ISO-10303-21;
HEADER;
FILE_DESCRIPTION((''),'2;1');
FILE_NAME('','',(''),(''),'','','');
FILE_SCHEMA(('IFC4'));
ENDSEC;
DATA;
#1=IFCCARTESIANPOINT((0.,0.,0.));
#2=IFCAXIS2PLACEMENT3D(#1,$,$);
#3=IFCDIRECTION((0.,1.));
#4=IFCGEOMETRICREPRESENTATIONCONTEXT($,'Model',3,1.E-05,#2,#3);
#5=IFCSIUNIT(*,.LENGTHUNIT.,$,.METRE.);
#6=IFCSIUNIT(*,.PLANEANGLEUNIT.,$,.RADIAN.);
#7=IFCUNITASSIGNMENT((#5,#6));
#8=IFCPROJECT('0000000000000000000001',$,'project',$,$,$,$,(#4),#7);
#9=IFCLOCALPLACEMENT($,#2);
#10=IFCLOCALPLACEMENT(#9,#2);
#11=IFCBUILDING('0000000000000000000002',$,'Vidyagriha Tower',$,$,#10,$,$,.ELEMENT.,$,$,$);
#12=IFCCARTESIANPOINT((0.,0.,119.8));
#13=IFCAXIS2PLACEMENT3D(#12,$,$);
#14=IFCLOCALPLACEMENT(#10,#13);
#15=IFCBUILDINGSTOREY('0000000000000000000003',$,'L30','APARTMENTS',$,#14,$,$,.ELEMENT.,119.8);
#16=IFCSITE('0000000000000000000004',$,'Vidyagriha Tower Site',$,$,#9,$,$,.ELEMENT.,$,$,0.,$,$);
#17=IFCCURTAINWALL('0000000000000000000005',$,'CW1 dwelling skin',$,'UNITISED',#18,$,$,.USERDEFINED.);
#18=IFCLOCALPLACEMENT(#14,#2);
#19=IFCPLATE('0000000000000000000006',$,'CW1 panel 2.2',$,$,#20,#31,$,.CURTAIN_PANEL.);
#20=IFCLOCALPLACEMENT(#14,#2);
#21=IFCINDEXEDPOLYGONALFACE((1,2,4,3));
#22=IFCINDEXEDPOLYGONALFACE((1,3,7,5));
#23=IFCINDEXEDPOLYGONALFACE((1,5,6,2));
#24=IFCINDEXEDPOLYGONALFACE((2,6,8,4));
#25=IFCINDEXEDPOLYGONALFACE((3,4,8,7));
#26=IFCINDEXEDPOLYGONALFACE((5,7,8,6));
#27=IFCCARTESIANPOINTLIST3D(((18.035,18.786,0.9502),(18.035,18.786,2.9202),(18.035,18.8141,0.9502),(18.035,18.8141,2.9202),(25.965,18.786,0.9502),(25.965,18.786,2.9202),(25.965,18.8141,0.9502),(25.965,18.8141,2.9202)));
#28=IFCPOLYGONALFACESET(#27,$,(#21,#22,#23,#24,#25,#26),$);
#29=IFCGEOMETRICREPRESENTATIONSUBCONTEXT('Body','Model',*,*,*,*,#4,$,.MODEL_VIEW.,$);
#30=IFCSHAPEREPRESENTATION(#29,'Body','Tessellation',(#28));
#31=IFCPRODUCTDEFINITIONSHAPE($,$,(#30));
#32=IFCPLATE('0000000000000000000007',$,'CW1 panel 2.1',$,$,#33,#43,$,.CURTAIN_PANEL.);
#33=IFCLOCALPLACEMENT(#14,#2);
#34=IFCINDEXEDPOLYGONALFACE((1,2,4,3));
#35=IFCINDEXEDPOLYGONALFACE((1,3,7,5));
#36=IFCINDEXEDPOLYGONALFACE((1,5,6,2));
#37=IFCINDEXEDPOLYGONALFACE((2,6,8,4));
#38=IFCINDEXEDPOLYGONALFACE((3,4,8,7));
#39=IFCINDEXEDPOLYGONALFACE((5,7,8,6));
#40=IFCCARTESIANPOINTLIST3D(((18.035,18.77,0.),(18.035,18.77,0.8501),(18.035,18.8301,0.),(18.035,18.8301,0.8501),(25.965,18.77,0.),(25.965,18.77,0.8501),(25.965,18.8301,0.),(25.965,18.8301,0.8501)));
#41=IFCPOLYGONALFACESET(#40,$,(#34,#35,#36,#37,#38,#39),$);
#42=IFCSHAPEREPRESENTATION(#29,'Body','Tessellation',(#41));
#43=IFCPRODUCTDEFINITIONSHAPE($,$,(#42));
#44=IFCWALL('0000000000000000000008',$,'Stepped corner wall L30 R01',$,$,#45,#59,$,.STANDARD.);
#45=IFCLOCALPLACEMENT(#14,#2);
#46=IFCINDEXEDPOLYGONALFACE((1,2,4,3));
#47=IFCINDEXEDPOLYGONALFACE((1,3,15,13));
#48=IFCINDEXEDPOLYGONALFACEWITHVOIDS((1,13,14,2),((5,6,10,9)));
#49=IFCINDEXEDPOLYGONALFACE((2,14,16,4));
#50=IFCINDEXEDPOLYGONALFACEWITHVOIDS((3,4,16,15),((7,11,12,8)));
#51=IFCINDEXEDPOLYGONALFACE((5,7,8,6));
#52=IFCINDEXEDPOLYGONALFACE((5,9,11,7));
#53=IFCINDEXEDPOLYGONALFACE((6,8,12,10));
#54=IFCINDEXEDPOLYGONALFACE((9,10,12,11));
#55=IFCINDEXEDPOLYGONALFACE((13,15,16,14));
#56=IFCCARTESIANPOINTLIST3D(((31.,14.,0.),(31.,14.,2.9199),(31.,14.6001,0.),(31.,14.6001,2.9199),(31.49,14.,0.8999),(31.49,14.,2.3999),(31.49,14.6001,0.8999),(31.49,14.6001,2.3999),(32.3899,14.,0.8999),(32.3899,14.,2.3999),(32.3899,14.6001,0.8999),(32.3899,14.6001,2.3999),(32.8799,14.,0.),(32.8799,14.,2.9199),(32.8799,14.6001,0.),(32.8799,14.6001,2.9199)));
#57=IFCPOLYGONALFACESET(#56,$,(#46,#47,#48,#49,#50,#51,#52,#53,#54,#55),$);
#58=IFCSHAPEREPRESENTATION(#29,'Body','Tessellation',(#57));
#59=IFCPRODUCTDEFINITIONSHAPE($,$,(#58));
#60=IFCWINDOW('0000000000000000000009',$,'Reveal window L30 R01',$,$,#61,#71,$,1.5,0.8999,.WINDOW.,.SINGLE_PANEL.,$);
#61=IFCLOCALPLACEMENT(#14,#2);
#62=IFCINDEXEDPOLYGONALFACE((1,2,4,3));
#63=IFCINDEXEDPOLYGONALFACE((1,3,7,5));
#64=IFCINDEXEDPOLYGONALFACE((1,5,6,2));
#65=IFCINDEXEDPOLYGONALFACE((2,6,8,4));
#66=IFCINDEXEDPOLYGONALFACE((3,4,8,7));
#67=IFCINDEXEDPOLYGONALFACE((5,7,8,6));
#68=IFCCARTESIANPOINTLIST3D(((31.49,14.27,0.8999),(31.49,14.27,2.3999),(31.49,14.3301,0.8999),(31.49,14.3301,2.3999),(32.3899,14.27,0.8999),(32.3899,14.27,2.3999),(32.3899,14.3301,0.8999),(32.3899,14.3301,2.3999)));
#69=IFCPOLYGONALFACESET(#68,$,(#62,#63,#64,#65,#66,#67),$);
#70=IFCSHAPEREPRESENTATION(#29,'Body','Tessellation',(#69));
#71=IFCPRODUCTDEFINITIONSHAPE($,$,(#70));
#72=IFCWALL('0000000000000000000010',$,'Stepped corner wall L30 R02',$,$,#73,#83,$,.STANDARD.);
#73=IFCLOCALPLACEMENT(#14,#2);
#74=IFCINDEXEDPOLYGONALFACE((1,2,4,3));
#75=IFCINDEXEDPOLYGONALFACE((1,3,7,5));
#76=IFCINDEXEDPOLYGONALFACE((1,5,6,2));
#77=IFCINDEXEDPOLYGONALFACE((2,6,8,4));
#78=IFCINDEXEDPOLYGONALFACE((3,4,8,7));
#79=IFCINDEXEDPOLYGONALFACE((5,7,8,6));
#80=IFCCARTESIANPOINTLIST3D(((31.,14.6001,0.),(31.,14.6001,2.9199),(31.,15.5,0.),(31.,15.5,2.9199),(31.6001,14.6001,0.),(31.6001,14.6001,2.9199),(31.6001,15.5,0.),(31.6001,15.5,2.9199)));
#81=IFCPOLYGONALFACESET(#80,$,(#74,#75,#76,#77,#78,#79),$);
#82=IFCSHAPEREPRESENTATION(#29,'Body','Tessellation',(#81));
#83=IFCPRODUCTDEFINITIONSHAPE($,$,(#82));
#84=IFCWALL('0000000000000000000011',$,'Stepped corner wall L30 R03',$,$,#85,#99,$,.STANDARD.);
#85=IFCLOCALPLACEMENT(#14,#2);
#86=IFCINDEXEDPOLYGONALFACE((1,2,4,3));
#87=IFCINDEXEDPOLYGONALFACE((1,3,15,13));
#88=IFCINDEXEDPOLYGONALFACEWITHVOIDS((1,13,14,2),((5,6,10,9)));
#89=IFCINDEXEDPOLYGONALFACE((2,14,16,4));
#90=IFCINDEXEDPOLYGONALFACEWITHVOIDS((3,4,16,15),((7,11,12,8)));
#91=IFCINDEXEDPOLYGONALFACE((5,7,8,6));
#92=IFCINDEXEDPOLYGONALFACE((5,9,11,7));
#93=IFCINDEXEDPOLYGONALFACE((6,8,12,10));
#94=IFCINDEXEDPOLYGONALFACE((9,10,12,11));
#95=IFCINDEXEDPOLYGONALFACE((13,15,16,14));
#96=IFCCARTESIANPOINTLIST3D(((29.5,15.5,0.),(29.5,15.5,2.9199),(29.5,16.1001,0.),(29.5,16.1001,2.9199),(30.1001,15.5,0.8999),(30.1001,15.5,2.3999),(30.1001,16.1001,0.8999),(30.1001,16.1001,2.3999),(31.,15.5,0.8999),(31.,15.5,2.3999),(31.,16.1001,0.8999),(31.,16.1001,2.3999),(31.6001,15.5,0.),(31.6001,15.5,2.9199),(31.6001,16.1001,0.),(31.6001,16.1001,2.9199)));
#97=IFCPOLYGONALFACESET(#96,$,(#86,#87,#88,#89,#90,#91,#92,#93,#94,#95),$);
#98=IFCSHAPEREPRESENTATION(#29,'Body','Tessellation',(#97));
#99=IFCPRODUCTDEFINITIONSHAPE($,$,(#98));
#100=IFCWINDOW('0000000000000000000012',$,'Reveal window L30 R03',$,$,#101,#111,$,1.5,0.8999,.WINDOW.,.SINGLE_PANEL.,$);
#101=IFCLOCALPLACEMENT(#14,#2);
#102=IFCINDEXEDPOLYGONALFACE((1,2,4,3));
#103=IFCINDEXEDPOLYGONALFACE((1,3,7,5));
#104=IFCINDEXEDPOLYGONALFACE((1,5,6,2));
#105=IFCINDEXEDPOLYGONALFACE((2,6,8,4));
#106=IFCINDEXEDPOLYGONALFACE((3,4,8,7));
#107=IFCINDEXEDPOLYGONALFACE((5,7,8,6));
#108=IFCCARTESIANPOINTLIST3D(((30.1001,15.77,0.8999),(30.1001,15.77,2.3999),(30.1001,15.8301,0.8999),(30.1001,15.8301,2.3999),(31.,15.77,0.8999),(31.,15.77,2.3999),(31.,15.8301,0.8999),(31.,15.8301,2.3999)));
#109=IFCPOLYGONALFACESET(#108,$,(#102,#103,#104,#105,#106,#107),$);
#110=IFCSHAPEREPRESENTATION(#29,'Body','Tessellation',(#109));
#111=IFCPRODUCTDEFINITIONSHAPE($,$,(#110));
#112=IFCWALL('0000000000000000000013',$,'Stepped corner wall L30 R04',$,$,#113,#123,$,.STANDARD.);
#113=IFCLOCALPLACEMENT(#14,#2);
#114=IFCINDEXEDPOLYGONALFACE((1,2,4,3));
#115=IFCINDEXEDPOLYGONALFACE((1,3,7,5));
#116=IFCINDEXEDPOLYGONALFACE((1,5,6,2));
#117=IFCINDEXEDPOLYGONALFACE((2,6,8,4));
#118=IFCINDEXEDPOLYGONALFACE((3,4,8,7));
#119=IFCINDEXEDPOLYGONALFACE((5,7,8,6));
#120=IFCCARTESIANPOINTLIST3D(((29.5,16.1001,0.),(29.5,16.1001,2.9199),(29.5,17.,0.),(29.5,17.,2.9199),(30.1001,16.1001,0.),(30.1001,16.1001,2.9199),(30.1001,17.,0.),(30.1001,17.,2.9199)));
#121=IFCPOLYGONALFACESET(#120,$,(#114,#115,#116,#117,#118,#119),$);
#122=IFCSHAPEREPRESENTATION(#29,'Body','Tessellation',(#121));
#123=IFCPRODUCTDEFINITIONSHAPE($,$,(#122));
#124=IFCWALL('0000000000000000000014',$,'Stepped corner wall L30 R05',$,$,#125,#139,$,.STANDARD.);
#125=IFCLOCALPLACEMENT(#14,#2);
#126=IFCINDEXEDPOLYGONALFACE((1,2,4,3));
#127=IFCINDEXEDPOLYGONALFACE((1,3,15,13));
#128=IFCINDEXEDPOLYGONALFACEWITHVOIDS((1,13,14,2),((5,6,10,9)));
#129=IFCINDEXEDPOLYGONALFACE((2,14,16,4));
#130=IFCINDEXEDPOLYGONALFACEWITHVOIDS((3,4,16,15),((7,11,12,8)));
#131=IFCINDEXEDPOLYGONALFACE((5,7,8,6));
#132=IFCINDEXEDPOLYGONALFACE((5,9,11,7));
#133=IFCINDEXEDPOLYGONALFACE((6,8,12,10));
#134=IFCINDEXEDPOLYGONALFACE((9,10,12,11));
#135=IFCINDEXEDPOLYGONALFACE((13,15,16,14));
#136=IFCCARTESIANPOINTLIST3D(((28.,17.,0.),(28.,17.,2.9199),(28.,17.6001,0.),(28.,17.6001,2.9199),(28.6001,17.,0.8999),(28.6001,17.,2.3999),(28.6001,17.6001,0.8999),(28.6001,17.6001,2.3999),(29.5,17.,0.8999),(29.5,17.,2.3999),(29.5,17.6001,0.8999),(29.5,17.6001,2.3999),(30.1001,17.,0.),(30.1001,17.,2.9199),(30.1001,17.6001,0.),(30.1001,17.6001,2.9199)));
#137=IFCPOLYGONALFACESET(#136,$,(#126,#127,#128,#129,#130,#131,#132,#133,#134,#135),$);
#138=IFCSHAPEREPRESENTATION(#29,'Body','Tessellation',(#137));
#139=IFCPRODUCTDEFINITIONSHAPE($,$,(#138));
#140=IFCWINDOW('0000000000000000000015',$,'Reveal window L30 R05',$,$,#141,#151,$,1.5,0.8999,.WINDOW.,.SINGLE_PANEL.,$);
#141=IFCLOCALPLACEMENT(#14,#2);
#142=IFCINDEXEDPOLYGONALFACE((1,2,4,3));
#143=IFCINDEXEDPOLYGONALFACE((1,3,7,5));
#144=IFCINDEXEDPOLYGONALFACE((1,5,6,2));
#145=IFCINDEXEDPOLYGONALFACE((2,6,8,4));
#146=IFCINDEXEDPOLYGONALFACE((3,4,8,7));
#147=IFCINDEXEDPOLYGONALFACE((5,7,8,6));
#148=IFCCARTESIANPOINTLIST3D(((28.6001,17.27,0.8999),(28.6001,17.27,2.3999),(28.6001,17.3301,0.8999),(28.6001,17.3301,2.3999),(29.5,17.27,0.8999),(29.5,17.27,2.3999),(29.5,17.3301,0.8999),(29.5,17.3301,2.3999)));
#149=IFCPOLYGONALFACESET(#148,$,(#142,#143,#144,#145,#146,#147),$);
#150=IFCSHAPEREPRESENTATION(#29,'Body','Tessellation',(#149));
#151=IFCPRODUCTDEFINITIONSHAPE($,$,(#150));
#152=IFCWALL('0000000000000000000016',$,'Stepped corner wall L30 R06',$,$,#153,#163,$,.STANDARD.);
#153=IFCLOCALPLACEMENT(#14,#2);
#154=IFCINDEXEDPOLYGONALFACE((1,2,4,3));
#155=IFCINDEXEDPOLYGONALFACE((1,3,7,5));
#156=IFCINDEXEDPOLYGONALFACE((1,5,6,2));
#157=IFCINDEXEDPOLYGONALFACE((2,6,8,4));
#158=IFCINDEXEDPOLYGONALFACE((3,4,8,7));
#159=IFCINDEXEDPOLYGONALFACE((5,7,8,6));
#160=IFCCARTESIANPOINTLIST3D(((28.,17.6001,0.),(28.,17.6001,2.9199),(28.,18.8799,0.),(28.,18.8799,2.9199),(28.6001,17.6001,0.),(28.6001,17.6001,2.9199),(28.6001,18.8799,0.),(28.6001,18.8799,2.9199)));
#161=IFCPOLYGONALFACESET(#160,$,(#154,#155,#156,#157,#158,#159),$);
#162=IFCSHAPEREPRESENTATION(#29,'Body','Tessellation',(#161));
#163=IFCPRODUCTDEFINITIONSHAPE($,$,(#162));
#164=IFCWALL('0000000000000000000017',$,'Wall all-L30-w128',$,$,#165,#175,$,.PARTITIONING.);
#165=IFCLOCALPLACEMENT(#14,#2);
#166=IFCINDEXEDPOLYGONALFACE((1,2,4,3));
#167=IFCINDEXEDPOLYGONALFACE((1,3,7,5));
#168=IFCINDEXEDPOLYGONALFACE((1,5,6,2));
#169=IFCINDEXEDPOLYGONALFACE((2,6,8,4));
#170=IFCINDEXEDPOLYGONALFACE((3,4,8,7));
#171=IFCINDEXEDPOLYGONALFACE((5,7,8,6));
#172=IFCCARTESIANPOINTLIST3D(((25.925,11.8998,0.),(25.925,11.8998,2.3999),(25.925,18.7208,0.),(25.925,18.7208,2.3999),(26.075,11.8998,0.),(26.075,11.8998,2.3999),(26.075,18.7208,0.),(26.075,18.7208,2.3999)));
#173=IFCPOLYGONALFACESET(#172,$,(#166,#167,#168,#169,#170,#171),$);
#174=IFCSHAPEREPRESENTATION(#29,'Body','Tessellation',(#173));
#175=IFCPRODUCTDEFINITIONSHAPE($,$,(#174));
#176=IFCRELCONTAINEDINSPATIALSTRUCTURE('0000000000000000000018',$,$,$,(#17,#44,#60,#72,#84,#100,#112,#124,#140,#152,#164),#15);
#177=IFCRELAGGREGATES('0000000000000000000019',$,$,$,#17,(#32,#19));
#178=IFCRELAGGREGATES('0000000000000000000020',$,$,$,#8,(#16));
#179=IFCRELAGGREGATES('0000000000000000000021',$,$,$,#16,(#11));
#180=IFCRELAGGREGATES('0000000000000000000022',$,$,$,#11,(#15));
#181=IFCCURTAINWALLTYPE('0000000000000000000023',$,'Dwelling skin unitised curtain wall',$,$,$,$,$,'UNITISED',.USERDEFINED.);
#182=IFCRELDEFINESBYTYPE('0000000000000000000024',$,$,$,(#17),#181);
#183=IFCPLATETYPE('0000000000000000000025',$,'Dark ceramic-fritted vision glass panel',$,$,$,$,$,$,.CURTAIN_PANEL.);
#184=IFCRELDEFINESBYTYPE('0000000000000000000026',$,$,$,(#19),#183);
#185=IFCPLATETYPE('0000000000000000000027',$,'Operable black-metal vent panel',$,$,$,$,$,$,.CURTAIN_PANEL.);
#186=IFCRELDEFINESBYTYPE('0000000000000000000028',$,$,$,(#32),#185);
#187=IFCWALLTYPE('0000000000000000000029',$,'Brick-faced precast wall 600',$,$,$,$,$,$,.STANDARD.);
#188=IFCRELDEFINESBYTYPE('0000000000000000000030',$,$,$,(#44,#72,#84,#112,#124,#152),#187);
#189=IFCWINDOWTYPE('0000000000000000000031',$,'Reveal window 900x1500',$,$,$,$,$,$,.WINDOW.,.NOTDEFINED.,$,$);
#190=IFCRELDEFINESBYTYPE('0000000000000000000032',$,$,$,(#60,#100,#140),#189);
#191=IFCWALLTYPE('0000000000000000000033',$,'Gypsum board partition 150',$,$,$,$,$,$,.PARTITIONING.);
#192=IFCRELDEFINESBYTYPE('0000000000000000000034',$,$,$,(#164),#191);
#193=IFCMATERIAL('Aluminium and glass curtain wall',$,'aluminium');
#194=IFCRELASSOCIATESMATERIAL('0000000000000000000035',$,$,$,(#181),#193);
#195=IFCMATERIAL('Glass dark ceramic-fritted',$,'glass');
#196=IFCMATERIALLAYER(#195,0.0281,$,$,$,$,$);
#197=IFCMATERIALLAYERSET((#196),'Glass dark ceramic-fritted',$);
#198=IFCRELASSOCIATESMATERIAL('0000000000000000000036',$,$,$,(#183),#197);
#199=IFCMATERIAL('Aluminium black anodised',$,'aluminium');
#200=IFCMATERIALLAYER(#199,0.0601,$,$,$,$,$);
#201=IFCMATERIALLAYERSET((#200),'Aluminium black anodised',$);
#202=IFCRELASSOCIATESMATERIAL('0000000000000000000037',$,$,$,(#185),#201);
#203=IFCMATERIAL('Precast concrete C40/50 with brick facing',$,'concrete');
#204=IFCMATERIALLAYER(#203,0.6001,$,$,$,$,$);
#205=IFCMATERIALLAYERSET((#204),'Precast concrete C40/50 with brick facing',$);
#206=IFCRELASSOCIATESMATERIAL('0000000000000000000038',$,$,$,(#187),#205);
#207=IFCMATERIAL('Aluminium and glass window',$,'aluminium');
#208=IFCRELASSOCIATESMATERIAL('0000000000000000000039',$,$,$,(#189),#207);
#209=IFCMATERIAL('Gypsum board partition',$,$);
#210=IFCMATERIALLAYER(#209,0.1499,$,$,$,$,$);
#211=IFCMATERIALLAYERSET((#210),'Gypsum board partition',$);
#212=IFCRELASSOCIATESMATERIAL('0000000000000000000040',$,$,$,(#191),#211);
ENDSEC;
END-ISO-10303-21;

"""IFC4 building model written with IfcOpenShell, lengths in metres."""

from ifc_helpers import new_model, si_unit, direction, frame, frame_2d, origin, origin_2d, place, context, subcontext, project, spatial, rectangle, extrude, material, layer, layer_set, type_object, element, fill, aggregate, save


model = new_model("IFC4")

# Units and contexts
model_context = context("Model", 3, precision=1e-05, world=origin(), true_north=direction((0.0, 1.0)))
body_context = subcontext(model_context, "Body", "Model", "MODEL_VIEW")
ifc_project = project(units=[si_unit("LENGTHUNIT", "METRE"), si_unit("PLANEANGLEUNIT", "RADIAN")], contexts=[model_context])

# Site, building, storey
site_placement = place(None, origin())
site = spatial("IfcSite", under=ifc_project, at=site_placement, Name="Vidyagriha Tower Site", CompositionType="ELEMENT", RefElevation=0.0)
building_placement = place(site_placement, origin())
building = spatial("IfcBuilding", under=site, at=building_placement, Name="Vidyagriha Tower", CompositionType="ELEMENT")
storey_placement = place(building_placement, frame((0.0, 0.0, 119.8)))
storey = spatial("IfcBuildingStorey", under=building, at=storey_placement, Name="L30", Description="APARTMENTS", CompositionType="ELEMENT", Elevation=119.8)

# Curtain wall, plates
ifc_material_1 = material(Name="Aluminium and glass curtain wall", Category="aluminium")
curtain_wall_type = type_object("IfcCurtainWallType", Name="Dwelling skin unitised curtain wall", ElementType="UNITISED", PredefinedType="USERDEFINED", material=ifc_material_1)
curtain_wall_placement = place(storey_placement, origin())
curtain_wall = element("IfcCurtainWall", 1, at=curtain_wall_placement, inside=storey, type_object=curtain_wall_type, Name="CW1 dwelling skin", ObjectType="UNITISED", PredefinedType="USERDEFINED")
ifc_material_2 = material(Name="Glass dark ceramic-fritted", Category="glass")
ifc_layer_1 = layer(ifc_material_2, 0.0281)
ifc_layer_set_1 = layer_set([ifc_layer_1], Name="Glass dark ceramic-fritted")
plate_type_1 = type_object("IfcPlateType", Name="Dark ceramic-fritted vision glass panel", PredefinedType="CURTAIN_PANEL", material=ifc_layer_set_1)
plate_1_placement = place(storey_placement, frame((22.0, 18.8, 0.9502), z_axis=(0.0, 0.0, 1.0), x_axis=(-1.0, 0.0, 0.0)))
plate_1 = element("IfcPlate", 2, at=plate_1_placement, type_object=plate_type_1, Name="CW1 panel 2.2", PredefinedType="CURTAIN_PANEL", context=body_context, shape_type="SweptSolid", body=[
    extrude(rectangle(XDim=7.9299, YDim=0.0281, at=origin_2d()), origin(), (0.0, 0.0, 1.0), 1.97),
])
ifc_material_3 = material(Name="Aluminium black anodised", Category="aluminium")
ifc_layer_2 = layer(ifc_material_3, 0.0601)
ifc_layer_set_2 = layer_set([ifc_layer_2], Name="Aluminium black anodised")
plate_type_2 = type_object("IfcPlateType", Name="Operable black-metal vent panel", PredefinedType="CURTAIN_PANEL", material=ifc_layer_set_2)
plate_2_placement = place(storey_placement, frame((22.0, 18.8, 0.0), z_axis=(0.0, 0.0, 1.0), x_axis=(-1.0, 0.0, 0.0)))
plate_2 = element("IfcPlate", 3, at=plate_2_placement, type_object=plate_type_2, Name="CW1 panel 2.1", PredefinedType="CURTAIN_PANEL", context=body_context, shape_type="SweptSolid", body=[
    extrude(rectangle(XDim=7.9299, YDim=0.0601, at=origin_2d()), origin(), (0.0, 0.0, 1.0), 0.8501),
])
aggregate(curtain_wall, [plate_2, plate_1])

# Wall, opening, window
ifc_material_4 = material(Name="Precast concrete C40/50 with brick facing", Category="concrete")
ifc_layer_3 = layer(ifc_material_4, 0.6001)
ifc_layer_set_3 = layer_set([ifc_layer_3], Name="Precast concrete C40/50 with brick facing")
wall_type_1 = type_object("IfcWallType", Name="Brick-faced precast wall 600", PredefinedType="STANDARD", material=ifc_layer_set_3)
wall_1_placement = place(storey_placement, frame((32.8799, 14.3, 0.0), z_axis=(0.0, 0.0, 1.0), x_axis=(-1.0, 0.0, 0.0)))
wall_1 = element("IfcWall", 4, at=wall_1_placement, inside=storey, type_object=wall_type_1, Name="Stepped corner wall L30 R01", PredefinedType="STANDARD", context=body_context, shape_type="SweptSolid", body=[
    extrude(rectangle(XDim=1.8799, YDim=0.6001, at=frame_2d((0.9399, 0.0))), origin(), (0.0, 0.0, 1.0), 2.9199),
])
opening_1_placement = place(wall_1_placement, frame((0.49, 0.0, 0.8999)))
opening_1 = element("IfcOpeningElement", 5, at=opening_1_placement, cuts=wall_1, PredefinedType="OPENING", context=body_context, shape_type="SweptSolid", body=[
    extrude(rectangle(XDim=0.8999, YDim=1.5, at=frame_2d((0.45, 0.75))), frame((0.0, 0.3101, 0.0), z_axis=(0.0, -1.0, 0.0), x_axis=(1.0, 0.0, 0.0)), (0.0, 0.0, 1.0), 0.6201),
])
ifc_material_5 = material(Name="Aluminium and glass window", Category="aluminium")
window_type = type_object("IfcWindowType", Name="Reveal window 900x1500", PartitioningType="NOTDEFINED", PredefinedType="WINDOW", material=ifc_material_5)
window_1_placement = place(opening_1_placement, origin())
window_1 = element("IfcWindow", 6, at=window_1_placement, inside=storey, type_object=window_type, Name="Reveal window L30 R01", OverallHeight=1.5, OverallWidth=0.8999, PartitioningType="SINGLE_PANEL", PredefinedType="WINDOW", context=body_context, shape_type="SweptSolid", body=[
    extrude(rectangle(XDim=0.8999, YDim=1.5, at=frame_2d((0.45, 0.75))), frame((0.0, 0.03, 0.0), z_axis=(0.0, -1.0, 0.0), x_axis=(1.0, 0.0, 0.0)), (0.0, 0.0, 1.0), 0.0601),
])
fill(opening_1, window_1)

# Wall
wall_2_placement = place(storey_placement, frame((31.3, 14.6001, 0.0), z_axis=(0.0, 0.0, 1.0), x_axis=(0.0, 1.0, 0.0)))
element("IfcWall", 7, at=wall_2_placement, inside=storey, type_object=wall_type_1, Name="Stepped corner wall L30 R02", PredefinedType="STANDARD", context=body_context, shape_type="SweptSolid", body=[
    extrude(rectangle(XDim=0.8999, YDim=0.6001, at=frame_2d((0.45, 0.0))), origin(), (0.0, 0.0, 1.0), 2.9199),
])

# Wall, opening, window
wall_3_placement = place(storey_placement, frame((31.6001, 15.8, 0.0), z_axis=(0.0, 0.0, 1.0), x_axis=(-1.0, 0.0, 0.0)))
wall_3 = element("IfcWall", 8, at=wall_3_placement, inside=storey, type_object=wall_type_1, Name="Stepped corner wall L30 R03", PredefinedType="STANDARD", context=body_context, shape_type="SweptSolid", body=[
    extrude(rectangle(XDim=2.1001, YDim=0.6001, at=frame_2d((1.05, 0.0))), origin(), (0.0, 0.0, 1.0), 2.9199),
])
opening_2_placement = place(wall_3_placement, frame((0.6001, 0.0, 0.8999)))
opening_2 = element("IfcOpeningElement", 9, at=opening_2_placement, cuts=wall_3, PredefinedType="OPENING", context=body_context, shape_type="SweptSolid", body=[
    extrude(rectangle(XDim=0.8999, YDim=1.5, at=frame_2d((0.45, 0.75))), frame((0.0, 0.3101, 0.0), z_axis=(0.0, -1.0, 0.0), x_axis=(1.0, 0.0, 0.0)), (0.0, 0.0, 1.0), 0.6201),
])
window_2_placement = place(opening_2_placement, origin())
window_2 = element("IfcWindow", 10, at=window_2_placement, inside=storey, type_object=window_type, Name="Reveal window L30 R03", OverallHeight=1.5, OverallWidth=0.8999, PartitioningType="SINGLE_PANEL", PredefinedType="WINDOW", context=body_context, shape_type="SweptSolid", body=[
    extrude(rectangle(XDim=0.8999, YDim=1.5, at=frame_2d((0.45, 0.75))), frame((0.0, 0.03, 0.0), z_axis=(0.0, -1.0, 0.0), x_axis=(1.0, 0.0, 0.0)), (0.0, 0.0, 1.0), 0.0601),
])
fill(opening_2, window_2)

# Wall
wall_4_placement = place(storey_placement, frame((29.8, 16.1001, 0.0), z_axis=(0.0, 0.0, 1.0), x_axis=(0.0, 1.0, 0.0)))
element("IfcWall", 11, at=wall_4_placement, inside=storey, type_object=wall_type_1, Name="Stepped corner wall L30 R04", PredefinedType="STANDARD", context=body_context, shape_type="SweptSolid", body=[
    extrude(rectangle(XDim=0.8999, YDim=0.6001, at=frame_2d((0.45, 0.0))), origin(), (0.0, 0.0, 1.0), 2.9199),
])

# Wall, opening, window
wall_5_placement = place(storey_placement, frame((30.1001, 17.3, 0.0), z_axis=(0.0, 0.0, 1.0), x_axis=(-1.0, 0.0, 0.0)))
wall_5 = element("IfcWall", 12, at=wall_5_placement, inside=storey, type_object=wall_type_1, Name="Stepped corner wall L30 R05", PredefinedType="STANDARD", context=body_context, shape_type="SweptSolid", body=[
    extrude(rectangle(XDim=2.1001, YDim=0.6001, at=frame_2d((1.05, 0.0))), origin(), (0.0, 0.0, 1.0), 2.9199),
])
opening_3_placement = place(wall_5_placement, frame((0.6001, 0.0, 0.8999)))
opening_3 = element("IfcOpeningElement", 13, at=opening_3_placement, cuts=wall_5, PredefinedType="OPENING", context=body_context, shape_type="SweptSolid", body=[
    extrude(rectangle(XDim=0.8999, YDim=1.5, at=frame_2d((0.45, 0.75))), frame((0.0, 0.3101, 0.0), z_axis=(0.0, -1.0, 0.0), x_axis=(1.0, 0.0, 0.0)), (0.0, 0.0, 1.0), 0.6201),
])
window_3_placement = place(opening_3_placement, origin())
window_3 = element("IfcWindow", 14, at=window_3_placement, inside=storey, type_object=window_type, Name="Reveal window L30 R05", OverallHeight=1.5, OverallWidth=0.8999, PartitioningType="SINGLE_PANEL", PredefinedType="WINDOW", context=body_context, shape_type="SweptSolid", body=[
    extrude(rectangle(XDim=0.8999, YDim=1.5, at=frame_2d((0.45, 0.75))), frame((0.0, 0.03, 0.0), z_axis=(0.0, -1.0, 0.0), x_axis=(1.0, 0.0, 0.0)), (0.0, 0.0, 1.0), 0.0601),
])
fill(opening_3, window_3)

# Walls
wall_6_placement = place(storey_placement, frame((28.3, 17.6001, 0.0), z_axis=(0.0, 0.0, 1.0), x_axis=(0.0, 1.0, 0.0)))
element("IfcWall", 15, at=wall_6_placement, inside=storey, type_object=wall_type_1, Name="Stepped corner wall L30 R06", PredefinedType="STANDARD", context=body_context, shape_type="SweptSolid", body=[
    extrude(rectangle(XDim=1.2798, YDim=0.6001, at=frame_2d((0.6399, 0.0))), origin(), (0.0, 0.0, 1.0), 2.9199),
])
ifc_material_6 = material(Name="Gypsum board partition")
ifc_layer_4 = layer(ifc_material_6, 0.1499)
ifc_layer_set_4 = layer_set([ifc_layer_4], Name="Gypsum board partition")
wall_type_2 = type_object("IfcWallType", Name="Gypsum board partition 150", PredefinedType="PARTITIONING", material=ifc_layer_set_4)
wall_7_placement = place(storey_placement, frame((26.0, 18.7209, 0.0), z_axis=(0.0, 0.0, 1.0), x_axis=(0.0, -1.0, 0.0)))
element("IfcWall", 16, at=wall_7_placement, inside=storey, type_object=wall_type_2, Name="Wall all-L30-w128", PredefinedType="PARTITIONING", context=body_context, shape_type="SweptSolid", body=[
    extrude(rectangle(XDim=6.821, YDim=0.1499, at=frame_2d((3.4106, 0.0))), origin(), (0.0, 0.0, 1.0), 2.3999),
])

save(model, "model.ifc")
